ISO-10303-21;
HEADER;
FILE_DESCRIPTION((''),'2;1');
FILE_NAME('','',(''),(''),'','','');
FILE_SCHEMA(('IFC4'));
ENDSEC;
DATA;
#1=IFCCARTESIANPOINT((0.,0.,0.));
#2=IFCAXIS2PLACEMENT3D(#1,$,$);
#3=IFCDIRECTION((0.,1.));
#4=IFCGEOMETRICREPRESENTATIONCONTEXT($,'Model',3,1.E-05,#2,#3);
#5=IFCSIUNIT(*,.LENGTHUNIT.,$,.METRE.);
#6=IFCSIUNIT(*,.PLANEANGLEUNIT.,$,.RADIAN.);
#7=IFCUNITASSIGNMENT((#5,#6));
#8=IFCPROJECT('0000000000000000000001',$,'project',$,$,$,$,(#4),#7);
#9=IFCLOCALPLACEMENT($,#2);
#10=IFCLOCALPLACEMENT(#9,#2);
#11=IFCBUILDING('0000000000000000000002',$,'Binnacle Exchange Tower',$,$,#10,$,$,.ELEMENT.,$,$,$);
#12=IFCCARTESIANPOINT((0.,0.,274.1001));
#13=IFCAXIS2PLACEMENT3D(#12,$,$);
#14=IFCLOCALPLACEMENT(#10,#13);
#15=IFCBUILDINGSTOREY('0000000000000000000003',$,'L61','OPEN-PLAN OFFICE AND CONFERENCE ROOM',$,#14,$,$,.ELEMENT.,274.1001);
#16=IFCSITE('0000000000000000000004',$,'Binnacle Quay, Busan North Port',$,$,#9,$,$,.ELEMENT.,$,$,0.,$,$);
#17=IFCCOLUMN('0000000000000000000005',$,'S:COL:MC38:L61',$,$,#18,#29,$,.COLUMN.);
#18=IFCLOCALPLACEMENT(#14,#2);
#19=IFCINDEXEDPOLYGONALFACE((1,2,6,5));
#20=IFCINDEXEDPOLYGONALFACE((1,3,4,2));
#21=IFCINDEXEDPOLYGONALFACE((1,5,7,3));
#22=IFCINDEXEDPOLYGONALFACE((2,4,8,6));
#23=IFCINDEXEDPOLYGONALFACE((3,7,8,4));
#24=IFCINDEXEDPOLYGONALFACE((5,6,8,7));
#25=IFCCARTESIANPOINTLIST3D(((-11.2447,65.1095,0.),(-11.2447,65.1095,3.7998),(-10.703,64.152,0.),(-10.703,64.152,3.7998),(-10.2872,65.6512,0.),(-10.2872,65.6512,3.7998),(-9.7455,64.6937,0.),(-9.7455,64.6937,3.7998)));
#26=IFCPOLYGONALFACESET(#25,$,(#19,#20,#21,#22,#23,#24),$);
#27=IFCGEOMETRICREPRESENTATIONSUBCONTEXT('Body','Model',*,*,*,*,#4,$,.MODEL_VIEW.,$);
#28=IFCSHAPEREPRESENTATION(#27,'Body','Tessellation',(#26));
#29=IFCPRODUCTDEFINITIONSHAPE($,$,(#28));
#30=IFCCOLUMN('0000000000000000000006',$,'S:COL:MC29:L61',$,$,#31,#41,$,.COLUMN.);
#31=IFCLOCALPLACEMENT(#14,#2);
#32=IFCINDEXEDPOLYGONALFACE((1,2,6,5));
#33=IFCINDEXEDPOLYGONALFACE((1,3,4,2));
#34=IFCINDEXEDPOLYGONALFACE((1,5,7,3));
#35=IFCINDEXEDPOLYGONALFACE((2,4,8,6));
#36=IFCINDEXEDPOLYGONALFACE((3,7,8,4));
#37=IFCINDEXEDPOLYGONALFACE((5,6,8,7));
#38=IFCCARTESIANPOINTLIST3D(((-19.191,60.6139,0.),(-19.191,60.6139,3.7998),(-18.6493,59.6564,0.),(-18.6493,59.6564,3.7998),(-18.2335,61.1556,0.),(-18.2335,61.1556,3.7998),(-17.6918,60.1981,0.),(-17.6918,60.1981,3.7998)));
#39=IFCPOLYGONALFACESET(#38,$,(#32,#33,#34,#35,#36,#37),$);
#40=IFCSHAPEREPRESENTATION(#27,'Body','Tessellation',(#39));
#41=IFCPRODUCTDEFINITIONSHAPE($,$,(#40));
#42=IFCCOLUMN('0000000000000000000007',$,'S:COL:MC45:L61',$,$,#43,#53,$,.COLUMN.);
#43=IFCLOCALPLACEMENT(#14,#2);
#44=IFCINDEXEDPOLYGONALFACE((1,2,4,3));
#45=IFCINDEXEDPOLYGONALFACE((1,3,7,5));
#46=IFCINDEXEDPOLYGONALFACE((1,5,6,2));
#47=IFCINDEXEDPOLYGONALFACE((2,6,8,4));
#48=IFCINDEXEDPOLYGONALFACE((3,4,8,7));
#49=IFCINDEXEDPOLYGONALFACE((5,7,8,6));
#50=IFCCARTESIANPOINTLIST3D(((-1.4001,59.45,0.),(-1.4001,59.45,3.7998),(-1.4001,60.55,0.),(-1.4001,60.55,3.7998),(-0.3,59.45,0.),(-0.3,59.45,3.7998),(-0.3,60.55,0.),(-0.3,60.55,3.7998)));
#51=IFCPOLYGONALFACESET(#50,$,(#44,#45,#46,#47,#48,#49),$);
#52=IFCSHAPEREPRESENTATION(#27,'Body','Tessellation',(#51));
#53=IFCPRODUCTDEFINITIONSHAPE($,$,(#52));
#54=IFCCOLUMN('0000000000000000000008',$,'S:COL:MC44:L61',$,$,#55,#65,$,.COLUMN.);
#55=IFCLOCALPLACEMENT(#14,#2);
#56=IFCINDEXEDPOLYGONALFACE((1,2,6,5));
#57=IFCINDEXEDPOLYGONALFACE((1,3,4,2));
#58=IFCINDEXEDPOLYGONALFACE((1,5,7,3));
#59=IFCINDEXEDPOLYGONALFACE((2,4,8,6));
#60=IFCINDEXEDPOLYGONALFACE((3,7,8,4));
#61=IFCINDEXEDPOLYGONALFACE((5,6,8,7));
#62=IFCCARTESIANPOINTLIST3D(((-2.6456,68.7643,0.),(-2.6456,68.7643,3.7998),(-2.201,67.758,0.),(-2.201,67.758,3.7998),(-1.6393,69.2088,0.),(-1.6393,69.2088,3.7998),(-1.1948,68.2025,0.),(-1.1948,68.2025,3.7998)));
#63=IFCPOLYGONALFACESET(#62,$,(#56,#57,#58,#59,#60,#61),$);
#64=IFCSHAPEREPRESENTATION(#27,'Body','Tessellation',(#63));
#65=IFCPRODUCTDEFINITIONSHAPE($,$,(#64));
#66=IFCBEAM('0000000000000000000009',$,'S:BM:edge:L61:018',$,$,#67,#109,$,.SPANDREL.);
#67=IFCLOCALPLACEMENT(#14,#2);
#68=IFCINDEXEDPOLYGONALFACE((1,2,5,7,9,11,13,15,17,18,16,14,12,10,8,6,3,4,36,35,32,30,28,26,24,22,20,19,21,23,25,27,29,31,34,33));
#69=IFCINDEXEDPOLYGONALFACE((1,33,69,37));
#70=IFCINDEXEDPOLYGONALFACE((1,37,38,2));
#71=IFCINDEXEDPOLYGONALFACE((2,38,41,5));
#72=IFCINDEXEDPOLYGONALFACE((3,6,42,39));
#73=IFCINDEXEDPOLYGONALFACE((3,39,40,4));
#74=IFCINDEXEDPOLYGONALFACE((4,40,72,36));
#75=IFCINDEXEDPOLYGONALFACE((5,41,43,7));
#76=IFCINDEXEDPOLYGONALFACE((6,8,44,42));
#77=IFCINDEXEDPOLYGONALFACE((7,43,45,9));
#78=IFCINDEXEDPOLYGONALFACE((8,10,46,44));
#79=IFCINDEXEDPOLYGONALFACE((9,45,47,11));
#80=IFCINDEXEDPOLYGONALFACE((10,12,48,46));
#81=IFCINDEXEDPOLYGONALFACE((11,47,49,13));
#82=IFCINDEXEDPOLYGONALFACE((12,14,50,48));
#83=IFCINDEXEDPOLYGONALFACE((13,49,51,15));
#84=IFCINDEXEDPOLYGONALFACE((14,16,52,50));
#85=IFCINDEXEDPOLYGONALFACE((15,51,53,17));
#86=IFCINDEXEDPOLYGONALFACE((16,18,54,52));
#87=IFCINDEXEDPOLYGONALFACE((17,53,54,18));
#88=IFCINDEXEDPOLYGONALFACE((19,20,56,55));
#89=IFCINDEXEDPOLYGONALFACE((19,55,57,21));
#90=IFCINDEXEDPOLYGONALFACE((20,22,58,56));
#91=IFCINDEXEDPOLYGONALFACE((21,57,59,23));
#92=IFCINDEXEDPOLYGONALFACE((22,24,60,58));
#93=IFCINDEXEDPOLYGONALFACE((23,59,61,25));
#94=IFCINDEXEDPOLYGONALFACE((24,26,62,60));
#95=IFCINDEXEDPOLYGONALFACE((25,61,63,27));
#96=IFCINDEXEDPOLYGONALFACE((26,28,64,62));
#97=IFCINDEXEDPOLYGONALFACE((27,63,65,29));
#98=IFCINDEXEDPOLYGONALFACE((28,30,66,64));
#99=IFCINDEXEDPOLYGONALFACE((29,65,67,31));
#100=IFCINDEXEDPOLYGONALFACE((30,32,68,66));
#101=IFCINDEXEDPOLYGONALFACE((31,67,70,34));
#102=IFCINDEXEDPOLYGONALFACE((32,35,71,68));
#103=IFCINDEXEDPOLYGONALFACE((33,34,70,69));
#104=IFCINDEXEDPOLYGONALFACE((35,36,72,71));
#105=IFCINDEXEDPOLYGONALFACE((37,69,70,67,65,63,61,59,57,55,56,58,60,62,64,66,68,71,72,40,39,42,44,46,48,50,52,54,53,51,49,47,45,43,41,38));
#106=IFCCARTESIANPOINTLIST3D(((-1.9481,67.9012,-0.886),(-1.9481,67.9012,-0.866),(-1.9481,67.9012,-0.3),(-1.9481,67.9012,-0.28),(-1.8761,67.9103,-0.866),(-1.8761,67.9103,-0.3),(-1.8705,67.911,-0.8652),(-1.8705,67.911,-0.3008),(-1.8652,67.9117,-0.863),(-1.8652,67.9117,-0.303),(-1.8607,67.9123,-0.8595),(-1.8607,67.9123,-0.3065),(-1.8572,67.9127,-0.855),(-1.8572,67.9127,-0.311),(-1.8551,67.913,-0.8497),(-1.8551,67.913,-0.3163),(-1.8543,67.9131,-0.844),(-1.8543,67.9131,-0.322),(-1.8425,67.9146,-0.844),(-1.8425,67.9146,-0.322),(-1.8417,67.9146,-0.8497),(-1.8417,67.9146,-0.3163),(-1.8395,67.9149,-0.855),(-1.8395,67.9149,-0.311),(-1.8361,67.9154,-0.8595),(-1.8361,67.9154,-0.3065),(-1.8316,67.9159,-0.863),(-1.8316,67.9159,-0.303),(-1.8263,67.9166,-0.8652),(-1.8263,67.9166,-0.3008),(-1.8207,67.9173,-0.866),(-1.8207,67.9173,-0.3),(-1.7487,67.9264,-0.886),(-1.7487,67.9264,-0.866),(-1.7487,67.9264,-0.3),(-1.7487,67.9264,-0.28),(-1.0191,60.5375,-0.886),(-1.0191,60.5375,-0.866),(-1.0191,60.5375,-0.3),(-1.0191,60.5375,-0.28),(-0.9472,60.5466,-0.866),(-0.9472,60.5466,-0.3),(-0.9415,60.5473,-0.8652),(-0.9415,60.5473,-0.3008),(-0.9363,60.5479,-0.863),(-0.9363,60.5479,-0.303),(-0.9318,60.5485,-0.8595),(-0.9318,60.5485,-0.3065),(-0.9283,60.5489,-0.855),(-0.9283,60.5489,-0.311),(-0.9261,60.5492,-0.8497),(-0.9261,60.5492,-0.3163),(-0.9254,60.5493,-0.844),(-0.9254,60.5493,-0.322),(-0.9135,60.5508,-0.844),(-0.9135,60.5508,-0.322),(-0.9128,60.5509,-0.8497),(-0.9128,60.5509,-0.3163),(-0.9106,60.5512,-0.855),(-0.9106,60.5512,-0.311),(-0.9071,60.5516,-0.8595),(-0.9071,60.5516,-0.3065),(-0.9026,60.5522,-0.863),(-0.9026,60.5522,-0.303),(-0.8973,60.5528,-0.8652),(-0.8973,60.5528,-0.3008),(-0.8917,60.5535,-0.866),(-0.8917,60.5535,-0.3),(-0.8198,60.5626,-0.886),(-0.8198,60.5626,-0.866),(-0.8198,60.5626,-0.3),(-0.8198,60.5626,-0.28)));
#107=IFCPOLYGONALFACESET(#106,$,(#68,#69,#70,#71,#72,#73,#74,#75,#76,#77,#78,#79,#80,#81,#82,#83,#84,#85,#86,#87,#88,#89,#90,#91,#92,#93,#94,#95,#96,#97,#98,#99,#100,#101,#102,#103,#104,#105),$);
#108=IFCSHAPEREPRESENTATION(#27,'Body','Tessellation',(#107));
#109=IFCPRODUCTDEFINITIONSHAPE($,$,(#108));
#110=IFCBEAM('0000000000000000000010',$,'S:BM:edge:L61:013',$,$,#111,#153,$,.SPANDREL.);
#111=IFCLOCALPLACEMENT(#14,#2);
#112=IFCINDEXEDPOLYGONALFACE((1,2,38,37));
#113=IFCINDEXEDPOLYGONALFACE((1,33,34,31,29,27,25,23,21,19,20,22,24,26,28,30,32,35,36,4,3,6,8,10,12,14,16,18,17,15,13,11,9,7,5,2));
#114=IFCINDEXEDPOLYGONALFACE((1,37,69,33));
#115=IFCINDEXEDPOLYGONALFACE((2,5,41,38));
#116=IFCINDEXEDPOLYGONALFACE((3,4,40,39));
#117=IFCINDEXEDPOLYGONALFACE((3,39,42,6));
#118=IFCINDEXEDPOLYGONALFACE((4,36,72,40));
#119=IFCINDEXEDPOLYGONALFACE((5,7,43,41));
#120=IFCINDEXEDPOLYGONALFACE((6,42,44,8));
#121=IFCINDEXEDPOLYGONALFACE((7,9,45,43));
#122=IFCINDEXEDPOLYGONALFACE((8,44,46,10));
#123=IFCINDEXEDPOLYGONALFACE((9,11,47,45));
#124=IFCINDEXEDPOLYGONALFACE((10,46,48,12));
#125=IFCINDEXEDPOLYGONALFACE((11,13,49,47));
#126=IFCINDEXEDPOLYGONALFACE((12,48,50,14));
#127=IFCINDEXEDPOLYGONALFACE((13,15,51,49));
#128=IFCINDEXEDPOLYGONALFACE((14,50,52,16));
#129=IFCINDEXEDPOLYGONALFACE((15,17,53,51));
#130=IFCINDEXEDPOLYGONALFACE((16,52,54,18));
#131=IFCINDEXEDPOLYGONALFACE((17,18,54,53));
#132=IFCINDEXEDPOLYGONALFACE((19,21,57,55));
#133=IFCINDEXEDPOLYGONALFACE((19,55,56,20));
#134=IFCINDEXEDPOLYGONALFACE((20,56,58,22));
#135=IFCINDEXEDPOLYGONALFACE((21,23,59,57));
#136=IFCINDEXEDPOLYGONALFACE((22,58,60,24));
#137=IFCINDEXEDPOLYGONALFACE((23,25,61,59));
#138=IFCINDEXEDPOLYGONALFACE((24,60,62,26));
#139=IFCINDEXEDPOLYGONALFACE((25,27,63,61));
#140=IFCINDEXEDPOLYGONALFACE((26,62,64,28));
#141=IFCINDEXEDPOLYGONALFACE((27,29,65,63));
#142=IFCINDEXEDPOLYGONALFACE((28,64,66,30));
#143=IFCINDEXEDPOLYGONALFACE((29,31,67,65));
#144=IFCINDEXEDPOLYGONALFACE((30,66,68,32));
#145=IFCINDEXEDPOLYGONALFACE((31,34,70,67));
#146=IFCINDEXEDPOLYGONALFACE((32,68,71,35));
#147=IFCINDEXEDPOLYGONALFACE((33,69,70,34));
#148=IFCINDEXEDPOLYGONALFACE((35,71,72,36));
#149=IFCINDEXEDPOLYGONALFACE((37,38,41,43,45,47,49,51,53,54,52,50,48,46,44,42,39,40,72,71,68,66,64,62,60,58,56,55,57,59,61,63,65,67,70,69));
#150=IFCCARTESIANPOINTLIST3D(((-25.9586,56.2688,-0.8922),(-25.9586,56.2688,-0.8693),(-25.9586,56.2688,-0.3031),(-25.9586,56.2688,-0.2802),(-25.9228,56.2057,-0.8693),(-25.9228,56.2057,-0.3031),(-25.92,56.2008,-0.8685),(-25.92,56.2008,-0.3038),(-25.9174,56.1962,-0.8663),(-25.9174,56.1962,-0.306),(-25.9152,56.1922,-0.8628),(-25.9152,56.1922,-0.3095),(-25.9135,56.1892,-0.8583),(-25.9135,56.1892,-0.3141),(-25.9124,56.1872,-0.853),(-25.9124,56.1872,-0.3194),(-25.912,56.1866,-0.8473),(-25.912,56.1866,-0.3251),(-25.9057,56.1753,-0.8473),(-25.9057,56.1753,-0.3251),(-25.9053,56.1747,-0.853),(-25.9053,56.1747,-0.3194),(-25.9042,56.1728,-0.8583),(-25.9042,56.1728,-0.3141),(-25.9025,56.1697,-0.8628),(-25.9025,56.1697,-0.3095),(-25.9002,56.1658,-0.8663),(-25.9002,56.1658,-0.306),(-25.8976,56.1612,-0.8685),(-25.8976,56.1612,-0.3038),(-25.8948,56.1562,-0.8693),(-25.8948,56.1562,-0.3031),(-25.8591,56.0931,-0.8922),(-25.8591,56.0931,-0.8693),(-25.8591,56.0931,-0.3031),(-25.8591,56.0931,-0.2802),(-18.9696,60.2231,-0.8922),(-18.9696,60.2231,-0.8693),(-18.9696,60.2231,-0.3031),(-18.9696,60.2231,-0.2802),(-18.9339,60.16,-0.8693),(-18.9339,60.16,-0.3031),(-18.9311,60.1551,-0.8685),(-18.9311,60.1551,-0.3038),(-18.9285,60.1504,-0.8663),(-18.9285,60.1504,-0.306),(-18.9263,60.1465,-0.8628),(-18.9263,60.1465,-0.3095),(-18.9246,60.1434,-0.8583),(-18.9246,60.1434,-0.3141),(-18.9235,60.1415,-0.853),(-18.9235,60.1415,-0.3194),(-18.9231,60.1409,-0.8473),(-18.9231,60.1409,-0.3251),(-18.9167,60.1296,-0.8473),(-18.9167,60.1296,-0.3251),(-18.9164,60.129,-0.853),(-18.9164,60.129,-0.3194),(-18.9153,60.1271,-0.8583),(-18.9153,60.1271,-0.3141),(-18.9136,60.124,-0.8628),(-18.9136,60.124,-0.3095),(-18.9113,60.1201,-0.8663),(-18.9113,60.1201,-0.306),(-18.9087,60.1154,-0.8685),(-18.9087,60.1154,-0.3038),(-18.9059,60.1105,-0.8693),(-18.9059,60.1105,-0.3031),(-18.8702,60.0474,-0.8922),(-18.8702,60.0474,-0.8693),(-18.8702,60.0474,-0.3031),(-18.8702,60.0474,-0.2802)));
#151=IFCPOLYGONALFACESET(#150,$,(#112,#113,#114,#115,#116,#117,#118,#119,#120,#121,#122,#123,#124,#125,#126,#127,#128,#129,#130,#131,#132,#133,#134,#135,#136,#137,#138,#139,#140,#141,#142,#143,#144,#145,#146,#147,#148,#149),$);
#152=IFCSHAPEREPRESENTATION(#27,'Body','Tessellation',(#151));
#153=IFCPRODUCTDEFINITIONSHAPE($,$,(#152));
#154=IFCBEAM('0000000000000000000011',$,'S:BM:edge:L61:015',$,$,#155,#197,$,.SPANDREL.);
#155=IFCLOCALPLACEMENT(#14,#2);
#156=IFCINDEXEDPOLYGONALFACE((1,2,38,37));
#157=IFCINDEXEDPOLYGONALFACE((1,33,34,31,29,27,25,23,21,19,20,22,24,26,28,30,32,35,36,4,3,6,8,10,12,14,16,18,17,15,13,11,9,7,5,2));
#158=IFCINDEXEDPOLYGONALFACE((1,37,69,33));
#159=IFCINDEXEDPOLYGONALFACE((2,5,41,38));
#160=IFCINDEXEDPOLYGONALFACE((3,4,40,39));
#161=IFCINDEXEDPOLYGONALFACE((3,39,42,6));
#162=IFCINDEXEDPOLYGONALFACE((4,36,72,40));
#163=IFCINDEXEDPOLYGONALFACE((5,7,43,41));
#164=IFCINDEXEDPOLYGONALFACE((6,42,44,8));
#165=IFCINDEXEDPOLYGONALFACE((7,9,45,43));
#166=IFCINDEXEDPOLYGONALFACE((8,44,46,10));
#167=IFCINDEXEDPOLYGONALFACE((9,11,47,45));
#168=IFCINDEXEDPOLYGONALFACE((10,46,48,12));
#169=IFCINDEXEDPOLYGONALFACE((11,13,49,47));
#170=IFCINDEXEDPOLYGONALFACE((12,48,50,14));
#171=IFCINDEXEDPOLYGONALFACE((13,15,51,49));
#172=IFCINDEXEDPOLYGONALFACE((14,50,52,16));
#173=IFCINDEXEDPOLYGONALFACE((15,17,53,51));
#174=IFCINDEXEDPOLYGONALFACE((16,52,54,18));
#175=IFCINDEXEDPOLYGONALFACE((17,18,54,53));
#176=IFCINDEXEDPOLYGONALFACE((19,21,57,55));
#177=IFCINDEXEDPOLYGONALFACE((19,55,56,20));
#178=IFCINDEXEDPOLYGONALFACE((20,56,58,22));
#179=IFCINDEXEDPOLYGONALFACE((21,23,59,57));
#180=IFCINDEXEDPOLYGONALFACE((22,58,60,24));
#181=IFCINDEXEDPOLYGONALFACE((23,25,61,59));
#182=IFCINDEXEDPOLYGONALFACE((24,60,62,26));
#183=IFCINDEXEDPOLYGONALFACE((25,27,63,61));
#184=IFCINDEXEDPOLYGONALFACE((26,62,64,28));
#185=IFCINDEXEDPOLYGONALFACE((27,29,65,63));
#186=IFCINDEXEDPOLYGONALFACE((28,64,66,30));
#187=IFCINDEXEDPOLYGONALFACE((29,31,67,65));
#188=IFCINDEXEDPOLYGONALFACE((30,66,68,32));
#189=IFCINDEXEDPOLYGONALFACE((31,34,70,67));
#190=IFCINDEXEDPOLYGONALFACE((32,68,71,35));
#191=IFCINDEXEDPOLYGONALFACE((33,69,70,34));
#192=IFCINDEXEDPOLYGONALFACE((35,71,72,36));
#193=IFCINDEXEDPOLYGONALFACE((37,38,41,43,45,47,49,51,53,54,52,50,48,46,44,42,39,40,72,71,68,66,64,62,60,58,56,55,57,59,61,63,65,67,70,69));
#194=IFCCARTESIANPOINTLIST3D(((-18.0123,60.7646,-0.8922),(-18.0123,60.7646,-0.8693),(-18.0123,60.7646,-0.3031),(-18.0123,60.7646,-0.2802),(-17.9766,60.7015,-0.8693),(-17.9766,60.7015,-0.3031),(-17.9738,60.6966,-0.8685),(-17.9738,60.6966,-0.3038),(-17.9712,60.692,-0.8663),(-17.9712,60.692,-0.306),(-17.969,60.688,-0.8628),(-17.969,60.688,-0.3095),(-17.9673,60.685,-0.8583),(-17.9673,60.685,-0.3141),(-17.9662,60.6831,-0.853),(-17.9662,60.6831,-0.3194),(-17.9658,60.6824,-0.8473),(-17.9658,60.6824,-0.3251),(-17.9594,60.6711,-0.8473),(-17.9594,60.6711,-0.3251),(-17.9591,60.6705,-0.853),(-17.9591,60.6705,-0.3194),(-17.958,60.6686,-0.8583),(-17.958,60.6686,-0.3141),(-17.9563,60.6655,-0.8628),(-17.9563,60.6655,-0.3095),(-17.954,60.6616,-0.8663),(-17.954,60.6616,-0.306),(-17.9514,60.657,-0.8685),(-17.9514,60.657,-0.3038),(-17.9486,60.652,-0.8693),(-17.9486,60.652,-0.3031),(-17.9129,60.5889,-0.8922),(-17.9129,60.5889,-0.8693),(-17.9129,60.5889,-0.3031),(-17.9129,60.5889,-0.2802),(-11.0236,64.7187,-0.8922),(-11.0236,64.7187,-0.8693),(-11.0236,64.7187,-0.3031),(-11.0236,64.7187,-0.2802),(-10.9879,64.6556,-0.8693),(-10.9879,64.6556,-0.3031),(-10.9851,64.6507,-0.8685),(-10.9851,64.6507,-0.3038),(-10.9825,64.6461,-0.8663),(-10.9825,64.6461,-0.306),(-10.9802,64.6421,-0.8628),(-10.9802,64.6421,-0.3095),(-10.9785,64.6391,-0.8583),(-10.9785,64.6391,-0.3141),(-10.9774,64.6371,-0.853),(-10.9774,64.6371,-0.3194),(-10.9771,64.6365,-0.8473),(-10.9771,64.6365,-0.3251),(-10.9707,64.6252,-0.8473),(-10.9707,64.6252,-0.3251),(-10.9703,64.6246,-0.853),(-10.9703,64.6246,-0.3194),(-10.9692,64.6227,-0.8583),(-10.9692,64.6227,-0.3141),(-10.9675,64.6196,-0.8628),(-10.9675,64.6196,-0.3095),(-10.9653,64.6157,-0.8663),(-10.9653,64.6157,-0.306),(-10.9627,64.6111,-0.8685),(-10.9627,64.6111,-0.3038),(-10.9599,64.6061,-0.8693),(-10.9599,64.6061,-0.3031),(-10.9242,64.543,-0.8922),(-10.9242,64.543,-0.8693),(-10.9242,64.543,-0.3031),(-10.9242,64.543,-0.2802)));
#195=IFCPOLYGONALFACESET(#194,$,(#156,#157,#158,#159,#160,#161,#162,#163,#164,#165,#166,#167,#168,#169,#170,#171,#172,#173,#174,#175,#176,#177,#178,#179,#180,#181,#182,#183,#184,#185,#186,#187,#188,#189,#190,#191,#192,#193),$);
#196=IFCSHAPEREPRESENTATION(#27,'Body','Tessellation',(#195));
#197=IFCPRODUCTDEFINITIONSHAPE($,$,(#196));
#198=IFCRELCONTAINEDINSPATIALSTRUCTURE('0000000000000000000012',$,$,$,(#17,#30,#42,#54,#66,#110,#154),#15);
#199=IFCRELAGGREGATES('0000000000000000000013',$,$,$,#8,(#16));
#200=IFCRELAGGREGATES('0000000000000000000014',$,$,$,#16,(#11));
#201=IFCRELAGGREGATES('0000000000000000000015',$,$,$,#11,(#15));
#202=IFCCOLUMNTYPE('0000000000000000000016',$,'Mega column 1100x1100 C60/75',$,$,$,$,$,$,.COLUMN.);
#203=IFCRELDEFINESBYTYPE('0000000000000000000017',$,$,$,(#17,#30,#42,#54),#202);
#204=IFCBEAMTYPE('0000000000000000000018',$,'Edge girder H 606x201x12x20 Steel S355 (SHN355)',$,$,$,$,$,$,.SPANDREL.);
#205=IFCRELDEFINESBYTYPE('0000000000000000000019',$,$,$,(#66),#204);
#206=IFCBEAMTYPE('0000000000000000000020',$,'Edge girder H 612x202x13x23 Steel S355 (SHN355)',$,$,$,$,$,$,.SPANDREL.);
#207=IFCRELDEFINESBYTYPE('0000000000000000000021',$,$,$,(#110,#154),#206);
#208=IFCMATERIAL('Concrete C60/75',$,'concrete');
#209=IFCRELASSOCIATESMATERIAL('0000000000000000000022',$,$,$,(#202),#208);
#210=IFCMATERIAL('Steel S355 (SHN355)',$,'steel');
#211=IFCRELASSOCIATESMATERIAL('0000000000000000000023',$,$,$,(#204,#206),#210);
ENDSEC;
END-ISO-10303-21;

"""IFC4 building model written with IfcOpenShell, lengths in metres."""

from ifc_helpers import new_model, si_unit, direction, frame, origin, origin_2d, place, context, subcontext, project, spatial, rectangle, i_section, extrude, material, material_profile, profile_set, type_object, element, save


model = new_model("IFC4")

# Units and contexts
model_context = context("Model", 3, precision=1e-05, world=origin(), true_north=direction((0.0, 1.0)))
body_context = subcontext(model_context, "Body", "Model", "MODEL_VIEW")
ifc_project = project(units=[si_unit("LENGTHUNIT", "METRE"), si_unit("PLANEANGLEUNIT", "RADIAN")], contexts=[model_context])

# Site, building, storey
site_placement = place(None, origin())
site = spatial("IfcSite", under=ifc_project, at=site_placement, Name="Binnacle Quay, Busan North Port", CompositionType="ELEMENT", RefElevation=0.0)
building_placement = place(site_placement, origin())
building = spatial("IfcBuilding", under=site, at=building_placement, Name="Binnacle Exchange Tower", CompositionType="ELEMENT")
storey_placement = place(building_placement, frame((0.0, 0.0, 274.1001)))
storey = spatial("IfcBuildingStorey", under=building, at=storey_placement, Name="L61", Description="OPEN-PLAN OFFICE AND CONFERENCE ROOM", CompositionType="ELEMENT", Elevation=274.1001)

# Columns
ifc_material_1 = material(Name="Concrete C60/75", Category="concrete")
ifc_material_profile_1 = material_profile(ifc_material_1, rectangle(XDim=1.1001, YDim=1.1001, at=origin_2d()), Name="Mega column 1100x1100 C60/75")
ifc_profile_set_1 = profile_set([ifc_material_profile_1], Name="Concrete C60/75")
column_type = type_object("IfcColumnType", Name="Mega column 1100x1100 C60/75", PredefinedType="COLUMN", material=ifc_profile_set_1)
for number, where, z_axis, x_axis, name in (
    (1, (-10.4951, 64.9016, 0.0), (0.0, 0.0, 1.0), (-0.870356, -0.492424, 0.0), "S:COL:MC38:L61"),
    (2, (-18.4414, 60.406, 0.0), (0.0, 0.0, 1.0), (-0.870356, -0.492424, 0.0), "S:COL:MC29:L61"),
    (3, (-0.8501, 60.0, 0.0), (0.0, 0.0, 1.0), (0.0, 1.0, 0.0), "S:COL:MC45:L61"),
    (4, (-1.9202, 68.4834, 0.0), (0.0, 0.0, 1.0), (-0.914713, -0.404104, 0.0), "S:COL:MC44:L61"),
):
    element("IfcColumn", number, at=place(storey_placement, frame(where, z_axis=z_axis, x_axis=x_axis)), inside=storey, type_object=column_type, Name=name, PredefinedType="COLUMN", context=body_context, shape_type="SweptSolid", body=[
        extrude(rectangle(XDim=1.1001, YDim=1.1001, at=origin_2d()), origin(), (0.0, 0.0, 1.0), 3.7998),
    ])

# Beams
ifc_material_2 = material(Name="Steel S355 (SHN355)", Category="steel")
ifc_material_profile_2 = material_profile(ifc_material_2, i_section(OverallWidth=0.2009, OverallDepth=0.606, WebThickness=0.012, FlangeThickness=0.02, FilletRadius=0.022, at=origin_2d()), Name="H 606x201x12x20")
ifc_profile_set_2 = profile_set([ifc_material_profile_2], Name="Steel S355 (SHN355)")
beam_type_1 = type_object("IfcBeamType", Name="Edge girder H 606x201x12x20 Steel S355 (SHN355)", PredefinedType="SPANDREL", material=ifc_profile_set_2)
beam_1_placement = place(storey_placement, frame((-0.9194, 60.55, -0.583), z_axis=(-0.12516, 0.992137, 0.0), x_axis=(-0.992137, -0.12516, 0.0)))
element("IfcBeam", 5, at=beam_1_placement, inside=storey, type_object=beam_type_1, Name="S:BM:edge:L61:018", PredefinedType="SPANDREL", context=body_context, shape_type="SweptSolid", body=[
    extrude(i_section(OverallWidth=0.2009, OverallDepth=0.606, WebThickness=0.012, FlangeThickness=0.02, FilletRadius=0.022, at=origin_2d()), origin(), (0.0, 0.0, 1.0), 7.4221),
])
ifc_material_profile_3 = material_profile(ifc_material_2, i_section(OverallWidth=0.2019, OverallDepth=0.6121, WebThickness=0.0129, FlangeThickness=0.0229, FilletRadius=0.022, at=origin_2d()), Name="H 612x202x13x23")
ifc_profile_set_3 = profile_set([ifc_material_profile_3], Name="Steel S355 (SHN355)")
beam_type_2 = type_object("IfcBeamType", Name="Edge girder H 612x202x13x23 Steel S355 (SHN355)", PredefinedType="SPANDREL", material=ifc_profile_set_3)
beam_2_placement = place(storey_placement, frame((-18.9199, 60.1353, -0.5862), z_axis=(-0.870348, -0.492438, 0.0), x_axis=(0.492438, -0.870348, 0.0)))
element("IfcBeam", 6, at=beam_2_placement, inside=storey, type_object=beam_type_2, Name="S:BM:edge:L61:013", PredefinedType="SPANDREL", context=body_context, shape_type="SweptSolid", body=[
    extrude(i_section(OverallWidth=0.2019, OverallDepth=0.6121, WebThickness=0.0129, FlangeThickness=0.0229, FilletRadius=0.022, at=origin_2d()), origin(), (0.0, 0.0, 1.0), 8.03),
])
beam_3_placement = place(storey_placement, frame((-10.9739, 64.6309, -0.5862), z_axis=(-0.870353, -0.492428, 0.0), x_axis=(0.492428, -0.870353, 0.0)))
element("IfcBeam", 7, at=beam_3_placement, inside=storey, type_object=beam_type_2, Name="S:BM:edge:L61:015", PredefinedType="SPANDREL", context=body_context, shape_type="SweptSolid", body=[
    extrude(i_section(OverallWidth=0.2019, OverallDepth=0.6121, WebThickness=0.0129, FlangeThickness=0.0229, FilletRadius=0.022, at=origin_2d()), origin(), (0.0, 0.0, 1.0), 8.0298),
])

save(model, "model.ifc")
